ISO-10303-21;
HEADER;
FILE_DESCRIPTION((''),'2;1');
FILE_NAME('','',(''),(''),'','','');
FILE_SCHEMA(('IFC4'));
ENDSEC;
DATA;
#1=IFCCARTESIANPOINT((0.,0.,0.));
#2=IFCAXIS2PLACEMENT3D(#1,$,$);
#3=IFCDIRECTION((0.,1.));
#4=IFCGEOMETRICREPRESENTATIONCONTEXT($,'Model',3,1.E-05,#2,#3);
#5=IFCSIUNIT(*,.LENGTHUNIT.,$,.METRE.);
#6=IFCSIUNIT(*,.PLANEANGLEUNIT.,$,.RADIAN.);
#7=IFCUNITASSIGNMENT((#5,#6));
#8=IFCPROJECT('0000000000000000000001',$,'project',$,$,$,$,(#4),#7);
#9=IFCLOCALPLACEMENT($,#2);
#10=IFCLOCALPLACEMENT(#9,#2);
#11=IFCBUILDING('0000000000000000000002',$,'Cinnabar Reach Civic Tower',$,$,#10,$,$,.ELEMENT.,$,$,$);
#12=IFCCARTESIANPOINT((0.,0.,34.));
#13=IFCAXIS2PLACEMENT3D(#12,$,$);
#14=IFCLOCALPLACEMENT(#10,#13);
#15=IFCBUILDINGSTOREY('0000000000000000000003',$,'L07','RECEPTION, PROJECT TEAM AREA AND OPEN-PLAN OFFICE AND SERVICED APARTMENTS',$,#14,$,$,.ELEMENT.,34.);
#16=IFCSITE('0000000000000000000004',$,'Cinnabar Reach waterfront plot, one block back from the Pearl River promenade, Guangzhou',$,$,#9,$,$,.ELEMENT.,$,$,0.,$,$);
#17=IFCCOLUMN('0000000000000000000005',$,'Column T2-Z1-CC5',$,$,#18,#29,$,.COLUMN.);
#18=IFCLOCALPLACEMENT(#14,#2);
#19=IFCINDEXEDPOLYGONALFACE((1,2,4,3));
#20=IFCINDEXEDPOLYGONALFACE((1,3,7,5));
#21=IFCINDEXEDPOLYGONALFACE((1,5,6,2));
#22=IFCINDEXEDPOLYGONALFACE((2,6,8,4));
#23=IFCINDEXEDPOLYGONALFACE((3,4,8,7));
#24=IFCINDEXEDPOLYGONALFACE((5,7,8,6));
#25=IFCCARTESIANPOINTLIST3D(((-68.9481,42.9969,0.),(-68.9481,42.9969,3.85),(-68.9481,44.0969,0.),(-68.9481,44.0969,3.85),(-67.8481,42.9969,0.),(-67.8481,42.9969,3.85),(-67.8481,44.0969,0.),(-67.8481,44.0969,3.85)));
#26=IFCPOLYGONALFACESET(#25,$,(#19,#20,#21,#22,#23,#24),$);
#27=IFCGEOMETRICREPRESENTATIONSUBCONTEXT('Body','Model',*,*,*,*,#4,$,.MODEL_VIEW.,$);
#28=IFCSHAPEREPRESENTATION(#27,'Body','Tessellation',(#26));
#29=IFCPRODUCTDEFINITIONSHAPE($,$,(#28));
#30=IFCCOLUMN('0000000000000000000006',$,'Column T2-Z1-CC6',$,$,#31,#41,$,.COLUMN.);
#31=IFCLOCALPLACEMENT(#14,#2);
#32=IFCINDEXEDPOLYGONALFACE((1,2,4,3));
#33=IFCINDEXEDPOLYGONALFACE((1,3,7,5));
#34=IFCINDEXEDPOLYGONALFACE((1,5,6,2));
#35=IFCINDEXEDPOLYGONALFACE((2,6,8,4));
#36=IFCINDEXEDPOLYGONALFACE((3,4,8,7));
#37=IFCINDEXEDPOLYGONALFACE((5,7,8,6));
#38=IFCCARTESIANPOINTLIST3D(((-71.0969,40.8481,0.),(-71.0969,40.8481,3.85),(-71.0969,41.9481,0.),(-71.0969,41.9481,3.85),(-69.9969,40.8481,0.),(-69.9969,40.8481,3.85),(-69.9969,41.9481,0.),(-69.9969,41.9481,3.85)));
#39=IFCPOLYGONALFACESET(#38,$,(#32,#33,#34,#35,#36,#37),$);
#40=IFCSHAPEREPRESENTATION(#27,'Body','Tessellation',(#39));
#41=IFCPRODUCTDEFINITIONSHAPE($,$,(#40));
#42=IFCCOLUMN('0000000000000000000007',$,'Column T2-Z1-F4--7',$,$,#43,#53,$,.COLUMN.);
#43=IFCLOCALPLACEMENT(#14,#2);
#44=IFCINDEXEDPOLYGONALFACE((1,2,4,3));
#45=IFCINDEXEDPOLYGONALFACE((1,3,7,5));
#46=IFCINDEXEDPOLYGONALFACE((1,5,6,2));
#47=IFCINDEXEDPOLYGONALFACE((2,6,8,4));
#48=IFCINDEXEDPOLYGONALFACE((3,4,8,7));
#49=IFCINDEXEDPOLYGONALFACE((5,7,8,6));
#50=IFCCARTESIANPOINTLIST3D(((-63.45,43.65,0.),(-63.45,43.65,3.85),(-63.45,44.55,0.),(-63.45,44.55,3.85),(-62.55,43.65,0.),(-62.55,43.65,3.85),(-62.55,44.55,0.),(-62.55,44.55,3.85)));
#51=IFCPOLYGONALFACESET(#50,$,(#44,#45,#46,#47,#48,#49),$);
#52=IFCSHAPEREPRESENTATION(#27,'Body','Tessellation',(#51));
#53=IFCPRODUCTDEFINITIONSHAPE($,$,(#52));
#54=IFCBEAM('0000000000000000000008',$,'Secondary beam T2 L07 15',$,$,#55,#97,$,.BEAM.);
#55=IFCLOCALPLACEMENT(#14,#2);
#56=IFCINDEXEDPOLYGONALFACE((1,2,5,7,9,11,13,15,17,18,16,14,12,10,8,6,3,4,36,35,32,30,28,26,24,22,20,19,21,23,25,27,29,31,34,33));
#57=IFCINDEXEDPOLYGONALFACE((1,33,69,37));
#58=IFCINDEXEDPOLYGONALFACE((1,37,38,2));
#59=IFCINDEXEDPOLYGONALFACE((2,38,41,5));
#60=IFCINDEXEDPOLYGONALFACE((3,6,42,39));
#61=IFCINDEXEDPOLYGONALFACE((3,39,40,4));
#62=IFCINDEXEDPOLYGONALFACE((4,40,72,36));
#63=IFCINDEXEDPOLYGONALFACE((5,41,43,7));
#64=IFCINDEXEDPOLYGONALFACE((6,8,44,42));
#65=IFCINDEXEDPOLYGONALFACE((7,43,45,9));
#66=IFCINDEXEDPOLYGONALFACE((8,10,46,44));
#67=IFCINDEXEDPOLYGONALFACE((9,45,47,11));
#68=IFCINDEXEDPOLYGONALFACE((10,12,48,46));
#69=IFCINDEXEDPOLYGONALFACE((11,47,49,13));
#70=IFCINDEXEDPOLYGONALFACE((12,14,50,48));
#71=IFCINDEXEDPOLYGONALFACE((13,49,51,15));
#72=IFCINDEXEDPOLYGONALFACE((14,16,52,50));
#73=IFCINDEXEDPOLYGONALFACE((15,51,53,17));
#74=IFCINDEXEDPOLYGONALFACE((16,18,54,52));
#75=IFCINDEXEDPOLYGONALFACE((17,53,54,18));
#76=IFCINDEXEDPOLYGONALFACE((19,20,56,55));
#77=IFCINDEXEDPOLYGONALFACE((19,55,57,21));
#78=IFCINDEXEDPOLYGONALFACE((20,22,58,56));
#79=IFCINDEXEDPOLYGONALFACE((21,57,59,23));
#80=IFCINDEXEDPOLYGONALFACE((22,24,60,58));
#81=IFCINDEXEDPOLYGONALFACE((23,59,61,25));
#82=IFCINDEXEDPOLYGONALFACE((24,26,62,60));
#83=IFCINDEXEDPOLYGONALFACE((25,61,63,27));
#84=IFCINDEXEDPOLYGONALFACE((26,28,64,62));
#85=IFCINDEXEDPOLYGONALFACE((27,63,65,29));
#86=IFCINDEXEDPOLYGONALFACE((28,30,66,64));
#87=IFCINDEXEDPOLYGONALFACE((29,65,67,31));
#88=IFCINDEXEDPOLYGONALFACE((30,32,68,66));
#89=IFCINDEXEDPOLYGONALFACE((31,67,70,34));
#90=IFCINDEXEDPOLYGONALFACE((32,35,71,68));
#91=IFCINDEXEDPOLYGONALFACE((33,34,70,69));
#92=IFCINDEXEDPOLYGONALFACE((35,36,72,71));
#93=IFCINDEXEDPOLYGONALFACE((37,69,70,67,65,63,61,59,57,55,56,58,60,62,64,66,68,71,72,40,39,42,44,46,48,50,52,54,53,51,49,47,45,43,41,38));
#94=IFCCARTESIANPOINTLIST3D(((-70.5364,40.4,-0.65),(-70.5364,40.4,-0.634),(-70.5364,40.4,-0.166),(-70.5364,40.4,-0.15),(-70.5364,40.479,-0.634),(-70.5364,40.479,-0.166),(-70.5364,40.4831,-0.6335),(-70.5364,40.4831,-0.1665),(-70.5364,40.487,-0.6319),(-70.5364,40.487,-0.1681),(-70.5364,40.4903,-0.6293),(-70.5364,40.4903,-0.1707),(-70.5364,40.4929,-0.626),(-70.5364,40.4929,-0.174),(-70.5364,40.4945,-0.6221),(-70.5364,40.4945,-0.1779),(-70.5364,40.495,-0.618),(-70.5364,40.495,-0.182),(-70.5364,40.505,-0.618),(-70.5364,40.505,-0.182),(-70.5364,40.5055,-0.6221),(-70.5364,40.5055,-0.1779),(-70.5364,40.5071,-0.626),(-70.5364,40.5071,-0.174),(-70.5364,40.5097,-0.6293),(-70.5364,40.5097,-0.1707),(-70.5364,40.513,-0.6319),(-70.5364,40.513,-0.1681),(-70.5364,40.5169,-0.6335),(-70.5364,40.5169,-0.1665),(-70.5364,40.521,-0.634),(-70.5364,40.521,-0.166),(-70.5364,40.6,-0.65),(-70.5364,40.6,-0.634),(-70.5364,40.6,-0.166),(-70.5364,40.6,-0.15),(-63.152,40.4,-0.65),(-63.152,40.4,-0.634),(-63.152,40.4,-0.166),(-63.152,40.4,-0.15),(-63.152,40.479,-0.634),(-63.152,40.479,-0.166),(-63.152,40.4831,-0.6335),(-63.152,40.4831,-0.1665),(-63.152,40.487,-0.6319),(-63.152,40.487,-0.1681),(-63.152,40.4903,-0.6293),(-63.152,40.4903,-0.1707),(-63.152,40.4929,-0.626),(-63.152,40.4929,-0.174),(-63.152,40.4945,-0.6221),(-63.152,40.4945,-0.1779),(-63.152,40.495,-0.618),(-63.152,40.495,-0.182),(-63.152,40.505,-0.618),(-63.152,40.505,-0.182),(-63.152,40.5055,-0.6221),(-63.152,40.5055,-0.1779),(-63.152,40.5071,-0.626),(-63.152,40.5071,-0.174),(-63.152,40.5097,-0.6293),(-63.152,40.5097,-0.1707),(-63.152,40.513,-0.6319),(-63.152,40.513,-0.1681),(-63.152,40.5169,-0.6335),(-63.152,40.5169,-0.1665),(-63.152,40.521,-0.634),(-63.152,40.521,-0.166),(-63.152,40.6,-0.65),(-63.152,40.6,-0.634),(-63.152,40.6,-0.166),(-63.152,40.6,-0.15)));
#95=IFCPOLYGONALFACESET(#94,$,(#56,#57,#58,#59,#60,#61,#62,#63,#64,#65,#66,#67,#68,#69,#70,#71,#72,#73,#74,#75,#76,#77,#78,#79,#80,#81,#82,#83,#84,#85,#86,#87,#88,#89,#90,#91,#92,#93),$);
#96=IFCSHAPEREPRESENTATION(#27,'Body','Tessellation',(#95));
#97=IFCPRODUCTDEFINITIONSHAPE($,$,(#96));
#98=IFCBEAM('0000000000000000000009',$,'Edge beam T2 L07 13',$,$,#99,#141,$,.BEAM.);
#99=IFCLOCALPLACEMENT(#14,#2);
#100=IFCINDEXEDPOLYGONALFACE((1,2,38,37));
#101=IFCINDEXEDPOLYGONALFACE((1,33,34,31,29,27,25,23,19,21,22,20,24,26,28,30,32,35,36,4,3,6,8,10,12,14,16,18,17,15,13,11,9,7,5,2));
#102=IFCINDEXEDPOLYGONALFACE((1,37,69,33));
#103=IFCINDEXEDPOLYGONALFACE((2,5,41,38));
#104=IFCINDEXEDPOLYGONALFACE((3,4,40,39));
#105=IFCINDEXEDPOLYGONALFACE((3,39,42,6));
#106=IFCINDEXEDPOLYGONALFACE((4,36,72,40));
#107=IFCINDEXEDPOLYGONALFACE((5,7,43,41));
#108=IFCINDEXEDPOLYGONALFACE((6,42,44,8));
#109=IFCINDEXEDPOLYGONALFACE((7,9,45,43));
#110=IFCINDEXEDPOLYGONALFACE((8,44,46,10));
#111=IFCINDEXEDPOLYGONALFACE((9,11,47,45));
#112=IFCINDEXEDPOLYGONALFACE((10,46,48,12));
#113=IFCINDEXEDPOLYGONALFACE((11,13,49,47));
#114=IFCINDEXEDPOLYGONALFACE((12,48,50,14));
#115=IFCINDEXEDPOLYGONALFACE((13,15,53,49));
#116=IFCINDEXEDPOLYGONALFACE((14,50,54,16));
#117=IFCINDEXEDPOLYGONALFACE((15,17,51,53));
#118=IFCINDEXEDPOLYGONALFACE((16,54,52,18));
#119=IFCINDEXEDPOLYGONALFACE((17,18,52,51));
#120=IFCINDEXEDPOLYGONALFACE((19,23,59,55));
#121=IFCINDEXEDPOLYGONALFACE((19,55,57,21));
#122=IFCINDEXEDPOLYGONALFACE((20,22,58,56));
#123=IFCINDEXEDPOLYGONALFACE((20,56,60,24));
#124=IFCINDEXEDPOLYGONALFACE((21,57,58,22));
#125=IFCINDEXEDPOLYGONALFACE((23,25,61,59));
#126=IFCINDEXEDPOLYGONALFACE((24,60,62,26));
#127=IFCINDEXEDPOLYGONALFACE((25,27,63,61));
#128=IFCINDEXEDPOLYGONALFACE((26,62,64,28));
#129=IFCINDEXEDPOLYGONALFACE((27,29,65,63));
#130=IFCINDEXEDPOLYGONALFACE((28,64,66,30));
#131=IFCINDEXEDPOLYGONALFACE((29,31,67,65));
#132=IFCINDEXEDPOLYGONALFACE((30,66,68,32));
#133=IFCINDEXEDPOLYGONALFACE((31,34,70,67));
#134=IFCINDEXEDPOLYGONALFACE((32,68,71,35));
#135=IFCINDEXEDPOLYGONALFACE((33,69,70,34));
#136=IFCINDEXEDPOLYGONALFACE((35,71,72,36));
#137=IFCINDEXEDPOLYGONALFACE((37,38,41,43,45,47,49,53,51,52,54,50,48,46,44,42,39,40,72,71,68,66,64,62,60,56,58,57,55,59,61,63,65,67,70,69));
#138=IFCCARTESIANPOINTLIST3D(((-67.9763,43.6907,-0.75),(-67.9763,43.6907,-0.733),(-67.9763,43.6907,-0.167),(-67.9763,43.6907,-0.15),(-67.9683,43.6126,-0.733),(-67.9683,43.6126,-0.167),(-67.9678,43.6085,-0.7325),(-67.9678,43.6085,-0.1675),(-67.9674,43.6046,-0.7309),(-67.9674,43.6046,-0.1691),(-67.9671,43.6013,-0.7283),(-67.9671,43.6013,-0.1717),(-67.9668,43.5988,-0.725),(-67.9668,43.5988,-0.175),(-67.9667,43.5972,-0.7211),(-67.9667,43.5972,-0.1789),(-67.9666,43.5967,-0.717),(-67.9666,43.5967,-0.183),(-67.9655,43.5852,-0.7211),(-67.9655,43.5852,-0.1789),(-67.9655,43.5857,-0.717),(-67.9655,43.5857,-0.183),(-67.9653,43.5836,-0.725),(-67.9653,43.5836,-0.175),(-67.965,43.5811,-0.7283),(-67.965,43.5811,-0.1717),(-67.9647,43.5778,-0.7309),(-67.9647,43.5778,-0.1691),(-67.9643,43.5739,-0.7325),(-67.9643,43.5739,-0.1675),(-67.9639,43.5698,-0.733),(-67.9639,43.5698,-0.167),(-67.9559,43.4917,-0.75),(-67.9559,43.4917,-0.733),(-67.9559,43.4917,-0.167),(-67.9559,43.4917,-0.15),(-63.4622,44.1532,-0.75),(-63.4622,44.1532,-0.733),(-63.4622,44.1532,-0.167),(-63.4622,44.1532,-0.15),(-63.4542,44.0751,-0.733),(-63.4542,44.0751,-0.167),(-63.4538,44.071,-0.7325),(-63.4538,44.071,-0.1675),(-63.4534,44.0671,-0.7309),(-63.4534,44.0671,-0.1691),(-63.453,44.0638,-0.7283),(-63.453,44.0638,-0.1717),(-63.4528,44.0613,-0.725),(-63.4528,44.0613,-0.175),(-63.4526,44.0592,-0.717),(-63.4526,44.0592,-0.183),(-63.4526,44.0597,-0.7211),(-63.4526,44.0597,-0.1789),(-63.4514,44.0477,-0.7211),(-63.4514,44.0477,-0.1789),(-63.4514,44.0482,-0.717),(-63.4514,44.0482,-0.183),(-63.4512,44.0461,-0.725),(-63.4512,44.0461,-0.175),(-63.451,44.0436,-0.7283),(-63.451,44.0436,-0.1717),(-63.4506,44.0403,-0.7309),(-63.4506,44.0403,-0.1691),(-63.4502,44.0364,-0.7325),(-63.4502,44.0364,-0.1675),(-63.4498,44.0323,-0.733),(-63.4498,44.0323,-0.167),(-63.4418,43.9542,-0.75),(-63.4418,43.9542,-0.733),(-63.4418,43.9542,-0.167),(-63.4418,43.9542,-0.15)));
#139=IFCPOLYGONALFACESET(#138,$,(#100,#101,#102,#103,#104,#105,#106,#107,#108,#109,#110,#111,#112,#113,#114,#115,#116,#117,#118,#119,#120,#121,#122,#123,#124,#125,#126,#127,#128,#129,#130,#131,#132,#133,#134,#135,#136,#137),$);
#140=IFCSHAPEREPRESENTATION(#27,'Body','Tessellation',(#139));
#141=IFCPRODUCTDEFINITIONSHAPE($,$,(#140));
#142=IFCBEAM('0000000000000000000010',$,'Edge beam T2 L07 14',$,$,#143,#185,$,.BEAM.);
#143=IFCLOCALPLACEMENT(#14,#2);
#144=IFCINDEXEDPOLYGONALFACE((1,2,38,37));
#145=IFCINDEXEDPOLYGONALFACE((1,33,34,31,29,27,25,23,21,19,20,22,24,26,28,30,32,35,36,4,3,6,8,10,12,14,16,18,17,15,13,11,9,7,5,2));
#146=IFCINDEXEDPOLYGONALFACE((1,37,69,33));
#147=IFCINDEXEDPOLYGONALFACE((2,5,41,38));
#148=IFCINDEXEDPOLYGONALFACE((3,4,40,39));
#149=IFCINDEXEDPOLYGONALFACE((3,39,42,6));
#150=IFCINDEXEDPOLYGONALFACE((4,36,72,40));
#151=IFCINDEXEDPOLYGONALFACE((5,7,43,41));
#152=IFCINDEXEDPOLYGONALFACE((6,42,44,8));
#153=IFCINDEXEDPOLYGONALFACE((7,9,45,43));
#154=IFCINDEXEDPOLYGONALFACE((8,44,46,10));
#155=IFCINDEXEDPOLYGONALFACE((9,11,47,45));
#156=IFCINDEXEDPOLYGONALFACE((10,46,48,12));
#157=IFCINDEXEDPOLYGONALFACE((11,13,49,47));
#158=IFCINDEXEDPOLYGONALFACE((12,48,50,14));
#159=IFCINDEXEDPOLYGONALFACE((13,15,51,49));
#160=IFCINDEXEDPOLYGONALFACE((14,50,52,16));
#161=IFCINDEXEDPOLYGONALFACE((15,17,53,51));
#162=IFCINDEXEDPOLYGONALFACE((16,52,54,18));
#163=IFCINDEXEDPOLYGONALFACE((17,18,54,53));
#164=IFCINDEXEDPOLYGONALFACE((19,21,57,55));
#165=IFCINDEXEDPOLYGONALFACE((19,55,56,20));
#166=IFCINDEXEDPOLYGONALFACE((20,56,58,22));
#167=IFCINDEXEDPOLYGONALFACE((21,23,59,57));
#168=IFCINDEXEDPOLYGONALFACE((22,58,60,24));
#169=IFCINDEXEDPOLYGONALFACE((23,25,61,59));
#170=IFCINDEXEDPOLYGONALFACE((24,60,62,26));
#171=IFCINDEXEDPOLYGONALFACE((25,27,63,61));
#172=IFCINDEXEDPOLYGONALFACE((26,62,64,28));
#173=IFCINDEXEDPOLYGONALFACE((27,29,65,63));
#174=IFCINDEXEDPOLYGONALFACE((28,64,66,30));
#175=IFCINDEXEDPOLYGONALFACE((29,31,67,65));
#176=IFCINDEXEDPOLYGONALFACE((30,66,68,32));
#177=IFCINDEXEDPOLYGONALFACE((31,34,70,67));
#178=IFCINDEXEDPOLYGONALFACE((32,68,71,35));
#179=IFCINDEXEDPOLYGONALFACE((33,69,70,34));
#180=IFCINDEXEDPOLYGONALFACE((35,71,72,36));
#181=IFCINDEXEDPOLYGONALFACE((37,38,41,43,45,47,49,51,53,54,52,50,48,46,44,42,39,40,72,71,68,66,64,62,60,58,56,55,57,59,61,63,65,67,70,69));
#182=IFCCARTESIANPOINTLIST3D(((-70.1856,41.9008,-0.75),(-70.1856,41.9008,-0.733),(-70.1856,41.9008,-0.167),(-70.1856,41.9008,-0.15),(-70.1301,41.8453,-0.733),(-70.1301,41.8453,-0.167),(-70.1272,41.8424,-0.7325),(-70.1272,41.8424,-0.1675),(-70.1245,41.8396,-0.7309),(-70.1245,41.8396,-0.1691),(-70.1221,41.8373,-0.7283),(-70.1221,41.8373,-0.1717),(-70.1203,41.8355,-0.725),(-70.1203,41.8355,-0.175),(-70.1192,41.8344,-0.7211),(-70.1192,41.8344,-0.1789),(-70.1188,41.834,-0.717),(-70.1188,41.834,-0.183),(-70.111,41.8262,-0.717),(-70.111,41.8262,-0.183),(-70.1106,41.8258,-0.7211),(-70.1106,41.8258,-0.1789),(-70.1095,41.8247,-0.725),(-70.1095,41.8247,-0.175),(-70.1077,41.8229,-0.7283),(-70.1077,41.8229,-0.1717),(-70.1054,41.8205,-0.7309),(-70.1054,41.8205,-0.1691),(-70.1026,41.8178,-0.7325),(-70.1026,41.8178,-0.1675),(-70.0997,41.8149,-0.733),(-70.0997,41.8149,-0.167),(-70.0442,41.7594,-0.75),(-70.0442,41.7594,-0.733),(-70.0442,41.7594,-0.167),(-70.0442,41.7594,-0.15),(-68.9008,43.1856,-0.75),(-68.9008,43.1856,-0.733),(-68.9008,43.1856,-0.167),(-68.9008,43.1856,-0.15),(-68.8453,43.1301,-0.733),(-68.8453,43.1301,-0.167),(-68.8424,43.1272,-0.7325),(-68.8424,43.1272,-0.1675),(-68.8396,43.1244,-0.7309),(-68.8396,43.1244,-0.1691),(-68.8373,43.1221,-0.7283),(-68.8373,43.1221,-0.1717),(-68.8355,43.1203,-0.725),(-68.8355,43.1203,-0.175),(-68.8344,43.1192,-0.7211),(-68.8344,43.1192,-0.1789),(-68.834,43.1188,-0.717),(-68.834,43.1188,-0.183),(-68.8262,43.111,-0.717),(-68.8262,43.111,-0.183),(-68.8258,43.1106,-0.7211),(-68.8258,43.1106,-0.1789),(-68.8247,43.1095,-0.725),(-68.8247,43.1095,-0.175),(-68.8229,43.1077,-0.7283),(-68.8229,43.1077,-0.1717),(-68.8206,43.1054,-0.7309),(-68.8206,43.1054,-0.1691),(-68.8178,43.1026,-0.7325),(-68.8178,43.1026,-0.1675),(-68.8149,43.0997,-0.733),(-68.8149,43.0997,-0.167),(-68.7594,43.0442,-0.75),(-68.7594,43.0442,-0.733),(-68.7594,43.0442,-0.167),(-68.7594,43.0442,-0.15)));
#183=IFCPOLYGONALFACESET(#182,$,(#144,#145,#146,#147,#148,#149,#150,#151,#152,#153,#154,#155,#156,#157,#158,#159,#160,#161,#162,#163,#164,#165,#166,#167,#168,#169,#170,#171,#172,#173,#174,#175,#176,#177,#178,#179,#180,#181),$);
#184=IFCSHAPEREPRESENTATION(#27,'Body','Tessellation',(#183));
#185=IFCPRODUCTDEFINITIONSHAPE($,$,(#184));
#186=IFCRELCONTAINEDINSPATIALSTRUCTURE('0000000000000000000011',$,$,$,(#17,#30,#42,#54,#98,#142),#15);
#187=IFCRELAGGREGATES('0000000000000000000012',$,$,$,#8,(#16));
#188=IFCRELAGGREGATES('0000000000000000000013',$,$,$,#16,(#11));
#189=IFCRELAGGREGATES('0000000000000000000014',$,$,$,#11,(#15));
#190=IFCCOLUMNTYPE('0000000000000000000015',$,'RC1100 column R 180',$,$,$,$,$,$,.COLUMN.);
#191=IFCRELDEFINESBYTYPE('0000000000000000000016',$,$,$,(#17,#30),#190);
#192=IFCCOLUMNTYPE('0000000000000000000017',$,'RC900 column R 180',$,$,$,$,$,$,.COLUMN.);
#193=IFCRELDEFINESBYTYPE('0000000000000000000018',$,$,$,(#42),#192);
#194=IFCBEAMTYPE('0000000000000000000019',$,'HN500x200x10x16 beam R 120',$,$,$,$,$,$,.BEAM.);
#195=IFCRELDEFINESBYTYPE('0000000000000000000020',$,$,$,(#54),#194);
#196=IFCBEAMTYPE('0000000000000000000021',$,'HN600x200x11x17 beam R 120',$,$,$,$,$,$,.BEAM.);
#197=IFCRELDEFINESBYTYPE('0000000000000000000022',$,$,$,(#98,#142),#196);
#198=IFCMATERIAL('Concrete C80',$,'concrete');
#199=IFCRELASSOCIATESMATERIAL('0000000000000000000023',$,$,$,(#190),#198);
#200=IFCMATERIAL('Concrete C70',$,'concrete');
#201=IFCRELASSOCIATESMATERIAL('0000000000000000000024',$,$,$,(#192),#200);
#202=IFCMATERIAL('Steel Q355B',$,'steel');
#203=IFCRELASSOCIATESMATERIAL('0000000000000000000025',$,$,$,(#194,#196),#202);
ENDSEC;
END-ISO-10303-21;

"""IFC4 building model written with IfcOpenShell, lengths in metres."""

from ifc_helpers import new_model, si_unit, direction, frame, origin, origin_2d, place, context, subcontext, project, spatial, rectangle, i_section, extrude, material, material_profile, profile_set, type_object, element, save


model = new_model("IFC4")

# Units and contexts
model_context = context("Model", 3, precision=1e-05, world=origin(), true_north=direction((0.0, 1.0)))
body_context = subcontext(model_context, "Body", "Model", "MODEL_VIEW")
ifc_project = project(units=[si_unit("LENGTHUNIT", "METRE"), si_unit("PLANEANGLEUNIT", "RADIAN")], contexts=[model_context])

# Site, building, storey
site_placement = place(None, origin())
site = spatial("IfcSite", under=ifc_project, at=site_placement, Name="Cinnabar Reach waterfront plot, one block back from the Pearl River promenade, Guangzhou", CompositionType="ELEMENT", RefElevation=0.0)
building_placement = place(site_placement, origin())
building = spatial("IfcBuilding", under=site, at=building_placement, Name="Cinnabar Reach Civic Tower", CompositionType="ELEMENT")
storey_placement = place(building_placement, frame((0.0, 0.0, 34.0)))
storey = spatial("IfcBuildingStorey", under=building, at=storey_placement, Name="L07", Description="RECEPTION, PROJECT TEAM AREA AND OPEN-PLAN OFFICE AND SERVICED APARTMENTS", CompositionType="ELEMENT", Elevation=34.0)

# Columns
ifc_material_1 = material(Name="Concrete C80", Category="concrete")
ifc_material_profile_1 = material_profile(ifc_material_1, rectangle(XDim=1.1, YDim=1.1, at=origin_2d()), Name="RC1100")
ifc_profile_set_1 = profile_set([ifc_material_profile_1], Name="Concrete C80")
column_type_1 = type_object("IfcColumnType", Name="RC1100 column R 180", PredefinedType="COLUMN", material=ifc_profile_set_1)
for number, where, z_axis, x_axis, name in (
    (1, (-68.3981, 43.5469, 0.0), (0.0, 0.0, 1.0), (1.0, 0.0, 0.0), "Column T2-Z1-CC5"),
    (2, (-70.5469, 41.3981, 0.0), (0.0, 0.0, 1.0), (1.0, 0.0, 0.0), "Column T2-Z1-CC6"),
):
    element("IfcColumn", number, at=place(storey_placement, frame(where, z_axis=z_axis, x_axis=x_axis)), inside=storey, type_object=column_type_1, Name=name, PredefinedType="COLUMN", context=body_context, shape_type="SweptSolid", body=[
        extrude(rectangle(XDim=1.1, YDim=1.1, at=origin_2d()), origin(), (0.0, 0.0, 1.0), 3.85),
    ])
ifc_material_2 = material(Name="Concrete C70", Category="concrete")
ifc_material_profile_2 = material_profile(ifc_material_2, rectangle(XDim=0.9, YDim=0.9, at=origin_2d()), Name="RC900")
ifc_profile_set_2 = profile_set([ifc_material_profile_2], Name="Concrete C70")
column_type_2 = type_object("IfcColumnType", Name="RC900 column R 180", PredefinedType="COLUMN", material=ifc_profile_set_2)
column_placement = place(storey_placement, frame((-63.0, 44.1, 0.0), z_axis=(0.0, 0.0, 1.0), x_axis=(1.0, 0.0, 0.0)))
element("IfcColumn", 3, at=column_placement, inside=storey, type_object=column_type_2, Name="Column T2-Z1-F4--7", PredefinedType="COLUMN", context=body_context, shape_type="SweptSolid", body=[
    extrude(rectangle(XDim=0.9, YDim=0.9, at=origin_2d()), origin(), (0.0, 0.0, 1.0), 3.85),
])

# Beams
ifc_material_3 = material(Name="Steel Q355B", Category="steel")
ifc_material_profile_3 = material_profile(ifc_material_3, i_section(OverallWidth=0.2, OverallDepth=0.5, WebThickness=0.01, FlangeThickness=0.016, FilletRadius=0.016, at=origin_2d()), Name="HN500x200x10x16")
ifc_profile_set_3 = profile_set([ifc_material_profile_3], Name="Steel Q355B")
beam_type_1 = type_object("IfcBeamType", Name="HN500x200x10x16 beam R 120", PredefinedType="BEAM", material=ifc_profile_set_3)
beam_1_placement = place(storey_placement, frame((-70.5364, 40.5, -0.4), z_axis=(1.0, 0.0, 0.0), x_axis=(0.0, 1.0, 0.0)))
element("IfcBeam", 4, at=beam_1_placement, inside=storey, type_object=beam_type_1, Name="Secondary beam T2 L07 15", PredefinedType="BEAM", context=body_context, shape_type="SweptSolid", body=[
    extrude(i_section(OverallWidth=0.2, OverallDepth=0.5, WebThickness=0.01, FlangeThickness=0.016, FilletRadius=0.016, at=origin_2d()), origin(), (0.0, 0.0, 1.0), 7.3844),
])
ifc_material_profile_4 = material_profile(ifc_material_3, i_section(OverallWidth=0.2, OverallDepth=0.6, WebThickness=0.011, FlangeThickness=0.017, FilletRadius=0.016, at=origin_2d()), Name="HN600x200x11x17")
ifc_profile_set_4 = profile_set([ifc_material_profile_4], Name="Steel Q355B")
beam_type_2 = type_object("IfcBeamType", Name="HN600x200x11x17 beam R 120", PredefinedType="BEAM", material=ifc_profile_set_4)
beam_2_placement = place(storey_placement, frame((-63.452, 44.0537, -0.45), z_axis=(-0.994792, -0.101923, 0.0), x_axis=(0.101923, -0.994792, 0.0)))
element("IfcBeam", 5, at=beam_2_placement, inside=storey, type_object=beam_type_2, Name="Edge beam T2 L07 13", PredefinedType="BEAM", context=body_context, shape_type="SweptSolid", body=[
    extrude(i_section(OverallWidth=0.2, OverallDepth=0.6, WebThickness=0.011, FlangeThickness=0.017, FilletRadius=0.016, at=origin_2d()), origin(), (0.0, 0.0, 1.0), 4.5377),
])
beam_3_placement = place(storey_placement, frame((-68.8301, 43.1149, -0.45), z_axis=(-0.707107, -0.707107, 0.0), x_axis=(0.707107, -0.707107, 0.0)))
element("IfcBeam", 6, at=beam_3_placement, inside=storey, type_object=beam_type_2, Name="Edge beam T2 L07 14", PredefinedType="BEAM", context=body_context, shape_type="SweptSolid", body=[
    extrude(i_section(OverallWidth=0.2, OverallDepth=0.6, WebThickness=0.011, FlangeThickness=0.017, FilletRadius=0.016, at=origin_2d()), origin(), (0.0, 0.0, 1.0), 1.817),
])

save(model, "model.ifc")
